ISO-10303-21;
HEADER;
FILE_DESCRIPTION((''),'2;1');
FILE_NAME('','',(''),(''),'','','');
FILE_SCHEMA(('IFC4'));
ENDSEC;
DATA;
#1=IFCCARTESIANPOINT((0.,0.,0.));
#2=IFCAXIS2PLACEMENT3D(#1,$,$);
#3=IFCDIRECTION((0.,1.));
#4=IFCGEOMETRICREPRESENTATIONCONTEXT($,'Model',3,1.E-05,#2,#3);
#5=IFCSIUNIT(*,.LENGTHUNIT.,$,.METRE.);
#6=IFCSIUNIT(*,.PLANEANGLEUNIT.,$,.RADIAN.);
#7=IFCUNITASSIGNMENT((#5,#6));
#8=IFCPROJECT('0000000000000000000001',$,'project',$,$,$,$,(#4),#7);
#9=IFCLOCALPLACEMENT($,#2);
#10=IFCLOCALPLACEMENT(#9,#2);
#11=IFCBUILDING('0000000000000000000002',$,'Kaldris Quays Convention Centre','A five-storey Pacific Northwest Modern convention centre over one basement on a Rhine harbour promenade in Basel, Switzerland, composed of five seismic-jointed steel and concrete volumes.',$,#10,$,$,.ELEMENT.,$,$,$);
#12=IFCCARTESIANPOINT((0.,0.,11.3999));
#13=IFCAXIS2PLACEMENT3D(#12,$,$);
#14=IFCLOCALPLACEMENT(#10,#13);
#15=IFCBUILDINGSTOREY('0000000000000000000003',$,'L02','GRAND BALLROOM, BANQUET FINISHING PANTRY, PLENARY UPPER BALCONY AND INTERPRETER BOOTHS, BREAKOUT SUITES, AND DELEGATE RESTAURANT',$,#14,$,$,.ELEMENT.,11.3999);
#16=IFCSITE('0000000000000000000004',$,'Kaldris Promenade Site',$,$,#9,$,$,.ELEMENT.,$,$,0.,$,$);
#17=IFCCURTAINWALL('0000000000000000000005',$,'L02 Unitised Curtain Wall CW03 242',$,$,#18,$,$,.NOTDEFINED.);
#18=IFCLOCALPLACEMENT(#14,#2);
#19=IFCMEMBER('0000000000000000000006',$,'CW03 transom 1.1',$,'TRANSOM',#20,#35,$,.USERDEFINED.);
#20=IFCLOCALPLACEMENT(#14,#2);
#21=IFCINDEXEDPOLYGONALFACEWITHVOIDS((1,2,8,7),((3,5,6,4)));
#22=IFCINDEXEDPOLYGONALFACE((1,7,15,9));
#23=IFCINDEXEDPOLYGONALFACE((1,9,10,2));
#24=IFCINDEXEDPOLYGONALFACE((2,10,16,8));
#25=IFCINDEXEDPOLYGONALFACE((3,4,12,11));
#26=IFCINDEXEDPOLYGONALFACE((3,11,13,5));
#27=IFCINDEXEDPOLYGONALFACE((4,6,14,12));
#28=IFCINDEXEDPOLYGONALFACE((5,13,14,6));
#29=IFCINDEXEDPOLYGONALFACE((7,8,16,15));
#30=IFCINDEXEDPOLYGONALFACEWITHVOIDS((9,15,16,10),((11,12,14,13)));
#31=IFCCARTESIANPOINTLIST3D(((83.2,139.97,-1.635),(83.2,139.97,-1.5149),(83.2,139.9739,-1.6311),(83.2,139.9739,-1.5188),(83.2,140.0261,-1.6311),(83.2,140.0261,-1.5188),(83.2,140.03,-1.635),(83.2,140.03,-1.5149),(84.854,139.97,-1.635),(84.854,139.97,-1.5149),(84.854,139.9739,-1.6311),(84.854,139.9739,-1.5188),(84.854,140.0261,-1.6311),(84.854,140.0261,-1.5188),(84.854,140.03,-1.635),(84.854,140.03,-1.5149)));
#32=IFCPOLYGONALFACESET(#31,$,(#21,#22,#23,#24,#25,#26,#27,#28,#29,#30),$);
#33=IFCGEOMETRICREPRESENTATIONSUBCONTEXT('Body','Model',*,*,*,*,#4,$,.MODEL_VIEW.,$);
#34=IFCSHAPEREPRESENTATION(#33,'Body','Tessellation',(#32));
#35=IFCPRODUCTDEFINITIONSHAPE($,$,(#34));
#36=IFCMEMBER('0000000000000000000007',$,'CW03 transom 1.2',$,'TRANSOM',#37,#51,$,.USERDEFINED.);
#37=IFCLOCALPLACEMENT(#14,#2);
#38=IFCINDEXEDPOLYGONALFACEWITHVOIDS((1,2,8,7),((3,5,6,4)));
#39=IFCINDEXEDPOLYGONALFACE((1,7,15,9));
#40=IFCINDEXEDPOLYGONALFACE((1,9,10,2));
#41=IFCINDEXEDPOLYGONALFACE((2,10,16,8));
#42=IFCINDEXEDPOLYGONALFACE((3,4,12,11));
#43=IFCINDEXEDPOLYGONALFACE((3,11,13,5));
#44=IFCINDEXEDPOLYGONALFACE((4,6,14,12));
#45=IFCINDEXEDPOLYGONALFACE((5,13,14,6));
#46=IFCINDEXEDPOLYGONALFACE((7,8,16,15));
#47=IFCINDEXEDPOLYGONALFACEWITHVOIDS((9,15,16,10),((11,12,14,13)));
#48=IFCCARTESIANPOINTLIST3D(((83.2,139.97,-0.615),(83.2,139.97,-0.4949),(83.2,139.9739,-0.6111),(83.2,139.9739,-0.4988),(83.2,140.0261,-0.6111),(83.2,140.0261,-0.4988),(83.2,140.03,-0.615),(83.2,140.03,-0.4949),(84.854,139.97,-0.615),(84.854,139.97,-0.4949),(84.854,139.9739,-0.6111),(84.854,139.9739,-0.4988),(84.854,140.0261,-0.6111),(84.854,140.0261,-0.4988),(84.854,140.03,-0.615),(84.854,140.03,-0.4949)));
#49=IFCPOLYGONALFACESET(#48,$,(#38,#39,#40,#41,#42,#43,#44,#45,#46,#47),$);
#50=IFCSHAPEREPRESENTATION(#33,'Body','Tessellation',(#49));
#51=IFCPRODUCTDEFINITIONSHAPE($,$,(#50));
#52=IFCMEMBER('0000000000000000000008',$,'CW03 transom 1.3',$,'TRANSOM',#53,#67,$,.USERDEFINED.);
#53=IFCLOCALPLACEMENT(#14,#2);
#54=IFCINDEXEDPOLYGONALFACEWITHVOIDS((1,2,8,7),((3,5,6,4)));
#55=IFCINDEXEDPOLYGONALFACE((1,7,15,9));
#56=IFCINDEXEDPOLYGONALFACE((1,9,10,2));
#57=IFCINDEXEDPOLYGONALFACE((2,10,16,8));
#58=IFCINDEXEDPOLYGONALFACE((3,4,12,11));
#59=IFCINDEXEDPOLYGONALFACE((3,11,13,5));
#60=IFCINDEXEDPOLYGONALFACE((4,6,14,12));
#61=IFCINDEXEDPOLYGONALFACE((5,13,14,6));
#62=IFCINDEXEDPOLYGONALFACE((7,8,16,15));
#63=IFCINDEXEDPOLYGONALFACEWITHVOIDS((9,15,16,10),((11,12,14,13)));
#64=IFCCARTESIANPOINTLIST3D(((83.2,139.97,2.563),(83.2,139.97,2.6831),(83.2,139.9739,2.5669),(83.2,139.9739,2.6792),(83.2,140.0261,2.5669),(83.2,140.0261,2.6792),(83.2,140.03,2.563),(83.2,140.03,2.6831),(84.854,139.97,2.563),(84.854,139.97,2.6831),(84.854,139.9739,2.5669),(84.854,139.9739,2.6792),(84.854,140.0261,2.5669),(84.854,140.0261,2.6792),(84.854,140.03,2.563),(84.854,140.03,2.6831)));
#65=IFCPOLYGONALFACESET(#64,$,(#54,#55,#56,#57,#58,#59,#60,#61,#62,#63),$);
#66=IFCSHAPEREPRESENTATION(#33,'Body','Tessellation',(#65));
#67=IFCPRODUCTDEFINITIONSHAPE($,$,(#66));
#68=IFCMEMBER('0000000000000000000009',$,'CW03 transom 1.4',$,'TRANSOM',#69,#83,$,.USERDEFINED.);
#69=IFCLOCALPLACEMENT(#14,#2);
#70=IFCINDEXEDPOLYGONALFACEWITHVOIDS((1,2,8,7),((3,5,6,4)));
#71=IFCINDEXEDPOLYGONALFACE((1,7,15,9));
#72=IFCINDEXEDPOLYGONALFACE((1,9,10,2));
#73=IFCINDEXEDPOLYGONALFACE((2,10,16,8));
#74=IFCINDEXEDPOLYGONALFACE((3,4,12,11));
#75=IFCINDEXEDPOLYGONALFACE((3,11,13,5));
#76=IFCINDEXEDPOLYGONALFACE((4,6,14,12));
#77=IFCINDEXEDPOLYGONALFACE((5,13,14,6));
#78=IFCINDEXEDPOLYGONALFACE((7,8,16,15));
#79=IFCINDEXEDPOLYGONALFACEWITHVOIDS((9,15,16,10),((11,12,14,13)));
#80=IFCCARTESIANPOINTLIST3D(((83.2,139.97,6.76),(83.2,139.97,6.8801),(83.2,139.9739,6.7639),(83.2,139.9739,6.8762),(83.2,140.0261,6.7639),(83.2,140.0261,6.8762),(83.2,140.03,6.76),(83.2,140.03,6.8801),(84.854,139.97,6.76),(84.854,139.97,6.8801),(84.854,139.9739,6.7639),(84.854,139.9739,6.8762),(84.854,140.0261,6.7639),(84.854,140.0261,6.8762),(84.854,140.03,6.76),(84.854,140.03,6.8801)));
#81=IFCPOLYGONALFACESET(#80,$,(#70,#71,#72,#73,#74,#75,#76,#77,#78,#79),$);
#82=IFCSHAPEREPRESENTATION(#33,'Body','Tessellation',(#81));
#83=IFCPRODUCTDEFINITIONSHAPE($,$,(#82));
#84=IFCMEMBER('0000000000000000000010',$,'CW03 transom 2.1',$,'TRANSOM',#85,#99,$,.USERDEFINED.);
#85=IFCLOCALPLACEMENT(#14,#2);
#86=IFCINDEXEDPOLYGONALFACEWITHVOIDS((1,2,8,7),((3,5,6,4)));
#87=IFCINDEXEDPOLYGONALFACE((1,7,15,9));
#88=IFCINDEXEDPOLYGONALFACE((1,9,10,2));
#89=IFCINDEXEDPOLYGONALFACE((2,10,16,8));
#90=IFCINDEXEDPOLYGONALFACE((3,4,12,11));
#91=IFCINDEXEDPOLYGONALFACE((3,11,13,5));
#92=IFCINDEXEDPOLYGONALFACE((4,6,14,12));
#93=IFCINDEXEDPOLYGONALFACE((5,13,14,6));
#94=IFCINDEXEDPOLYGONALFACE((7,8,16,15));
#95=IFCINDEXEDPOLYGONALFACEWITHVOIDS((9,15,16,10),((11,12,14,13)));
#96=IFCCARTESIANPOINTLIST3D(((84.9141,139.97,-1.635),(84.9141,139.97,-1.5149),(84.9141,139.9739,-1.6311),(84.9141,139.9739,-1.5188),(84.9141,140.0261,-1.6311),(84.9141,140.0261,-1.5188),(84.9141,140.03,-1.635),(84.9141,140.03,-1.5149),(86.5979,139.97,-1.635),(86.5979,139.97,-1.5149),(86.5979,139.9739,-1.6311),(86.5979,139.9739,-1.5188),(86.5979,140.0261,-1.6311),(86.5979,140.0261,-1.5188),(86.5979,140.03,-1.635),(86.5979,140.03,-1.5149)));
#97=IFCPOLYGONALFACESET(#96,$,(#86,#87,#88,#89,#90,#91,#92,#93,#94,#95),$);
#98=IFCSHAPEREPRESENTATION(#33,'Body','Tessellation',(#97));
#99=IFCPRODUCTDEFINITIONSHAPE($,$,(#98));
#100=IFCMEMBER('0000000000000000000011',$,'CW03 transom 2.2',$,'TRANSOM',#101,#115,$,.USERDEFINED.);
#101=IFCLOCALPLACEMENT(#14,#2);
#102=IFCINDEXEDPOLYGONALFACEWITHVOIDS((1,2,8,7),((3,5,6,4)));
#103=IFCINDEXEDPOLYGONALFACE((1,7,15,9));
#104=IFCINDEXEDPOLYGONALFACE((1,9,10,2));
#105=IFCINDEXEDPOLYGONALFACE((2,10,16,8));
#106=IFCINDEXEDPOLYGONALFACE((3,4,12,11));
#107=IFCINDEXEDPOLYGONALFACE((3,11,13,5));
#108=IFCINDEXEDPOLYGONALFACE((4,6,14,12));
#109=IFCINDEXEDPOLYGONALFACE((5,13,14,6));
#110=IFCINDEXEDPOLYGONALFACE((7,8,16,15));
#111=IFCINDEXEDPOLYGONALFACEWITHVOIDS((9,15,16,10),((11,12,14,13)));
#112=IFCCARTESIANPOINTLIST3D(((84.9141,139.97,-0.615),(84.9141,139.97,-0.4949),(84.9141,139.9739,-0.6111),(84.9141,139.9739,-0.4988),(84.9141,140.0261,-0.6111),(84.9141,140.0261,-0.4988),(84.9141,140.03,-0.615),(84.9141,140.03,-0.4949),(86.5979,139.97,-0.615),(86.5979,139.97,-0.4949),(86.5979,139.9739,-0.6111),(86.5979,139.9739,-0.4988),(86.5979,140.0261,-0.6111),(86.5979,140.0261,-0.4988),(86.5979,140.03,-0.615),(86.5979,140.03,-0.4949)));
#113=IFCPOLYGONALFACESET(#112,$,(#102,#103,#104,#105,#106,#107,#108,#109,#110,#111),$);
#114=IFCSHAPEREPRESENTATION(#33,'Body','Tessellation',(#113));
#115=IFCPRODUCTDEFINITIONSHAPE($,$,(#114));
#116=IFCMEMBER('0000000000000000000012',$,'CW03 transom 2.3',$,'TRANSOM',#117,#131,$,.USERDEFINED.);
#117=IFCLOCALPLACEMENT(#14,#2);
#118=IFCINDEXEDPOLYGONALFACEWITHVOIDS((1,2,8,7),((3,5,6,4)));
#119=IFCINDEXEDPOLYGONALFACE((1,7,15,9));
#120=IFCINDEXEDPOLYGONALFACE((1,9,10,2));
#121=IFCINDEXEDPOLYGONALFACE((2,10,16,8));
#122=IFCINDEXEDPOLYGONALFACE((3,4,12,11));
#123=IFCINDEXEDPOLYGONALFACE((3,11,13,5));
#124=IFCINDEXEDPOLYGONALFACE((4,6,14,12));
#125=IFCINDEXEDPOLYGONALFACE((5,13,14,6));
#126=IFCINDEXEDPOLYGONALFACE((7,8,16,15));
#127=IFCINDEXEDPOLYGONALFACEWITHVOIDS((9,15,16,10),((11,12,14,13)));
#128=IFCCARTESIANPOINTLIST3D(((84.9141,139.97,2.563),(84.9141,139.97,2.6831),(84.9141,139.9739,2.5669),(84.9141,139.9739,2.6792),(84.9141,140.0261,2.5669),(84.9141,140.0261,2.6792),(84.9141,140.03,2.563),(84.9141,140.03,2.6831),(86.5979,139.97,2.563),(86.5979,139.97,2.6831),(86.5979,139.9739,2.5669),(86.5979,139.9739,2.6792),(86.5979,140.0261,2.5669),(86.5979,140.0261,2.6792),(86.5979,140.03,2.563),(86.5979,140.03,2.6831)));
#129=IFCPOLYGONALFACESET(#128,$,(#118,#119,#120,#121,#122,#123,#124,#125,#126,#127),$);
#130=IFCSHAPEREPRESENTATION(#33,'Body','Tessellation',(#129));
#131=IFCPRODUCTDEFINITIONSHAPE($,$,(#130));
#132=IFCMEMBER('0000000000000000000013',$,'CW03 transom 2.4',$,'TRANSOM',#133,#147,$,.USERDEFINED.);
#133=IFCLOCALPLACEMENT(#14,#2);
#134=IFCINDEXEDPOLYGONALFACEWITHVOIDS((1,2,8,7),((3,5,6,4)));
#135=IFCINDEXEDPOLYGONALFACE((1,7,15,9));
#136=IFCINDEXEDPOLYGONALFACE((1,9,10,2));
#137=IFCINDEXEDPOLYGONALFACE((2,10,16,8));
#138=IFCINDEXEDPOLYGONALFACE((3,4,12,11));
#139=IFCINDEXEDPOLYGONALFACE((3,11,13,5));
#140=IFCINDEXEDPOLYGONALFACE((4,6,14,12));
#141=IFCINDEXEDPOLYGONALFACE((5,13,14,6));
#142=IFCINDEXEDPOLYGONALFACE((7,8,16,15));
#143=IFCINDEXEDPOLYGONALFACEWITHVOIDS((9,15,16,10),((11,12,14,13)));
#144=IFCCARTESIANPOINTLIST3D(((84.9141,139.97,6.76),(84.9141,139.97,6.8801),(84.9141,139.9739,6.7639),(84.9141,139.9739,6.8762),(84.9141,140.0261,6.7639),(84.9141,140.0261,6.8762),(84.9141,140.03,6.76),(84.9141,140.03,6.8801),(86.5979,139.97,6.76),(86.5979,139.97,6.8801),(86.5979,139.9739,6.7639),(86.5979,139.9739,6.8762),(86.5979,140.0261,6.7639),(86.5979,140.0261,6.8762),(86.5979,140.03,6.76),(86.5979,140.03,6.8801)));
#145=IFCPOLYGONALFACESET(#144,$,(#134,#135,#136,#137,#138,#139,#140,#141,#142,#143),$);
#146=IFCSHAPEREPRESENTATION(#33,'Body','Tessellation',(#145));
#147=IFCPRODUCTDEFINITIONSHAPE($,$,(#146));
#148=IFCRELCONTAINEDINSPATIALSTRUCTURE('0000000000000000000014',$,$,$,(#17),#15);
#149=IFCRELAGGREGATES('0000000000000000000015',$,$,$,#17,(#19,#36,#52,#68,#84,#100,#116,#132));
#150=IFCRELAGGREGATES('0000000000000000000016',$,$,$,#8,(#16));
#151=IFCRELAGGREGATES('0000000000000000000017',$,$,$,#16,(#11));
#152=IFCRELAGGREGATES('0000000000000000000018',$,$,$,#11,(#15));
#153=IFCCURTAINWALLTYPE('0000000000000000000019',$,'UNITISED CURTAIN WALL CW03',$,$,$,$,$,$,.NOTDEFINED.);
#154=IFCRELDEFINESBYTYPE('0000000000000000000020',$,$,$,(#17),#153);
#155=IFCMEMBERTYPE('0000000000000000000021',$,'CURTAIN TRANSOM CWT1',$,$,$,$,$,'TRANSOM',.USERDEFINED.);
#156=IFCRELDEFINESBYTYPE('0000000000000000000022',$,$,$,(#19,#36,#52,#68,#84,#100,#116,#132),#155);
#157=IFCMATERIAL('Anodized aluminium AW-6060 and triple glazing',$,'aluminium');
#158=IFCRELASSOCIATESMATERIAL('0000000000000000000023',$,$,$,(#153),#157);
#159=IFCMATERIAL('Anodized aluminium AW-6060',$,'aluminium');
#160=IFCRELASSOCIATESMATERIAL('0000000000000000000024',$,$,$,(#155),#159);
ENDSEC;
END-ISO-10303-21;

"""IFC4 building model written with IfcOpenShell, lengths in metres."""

from ifc_helpers import new_model, si_unit, direction, frame, origin, origin_2d, place, context, subcontext, project, spatial, hollow_rectangle, extrude, material, material_profile, profile_set, type_object, element, aggregate, save


model = new_model("IFC4")

# Units and contexts
model_context = context("Model", 3, precision=1e-05, world=origin(), true_north=direction((0.0, 1.0)))
body_context = subcontext(model_context, "Body", "Model", "MODEL_VIEW")
ifc_project = project(units=[si_unit("LENGTHUNIT", "METRE"), si_unit("PLANEANGLEUNIT", "RADIAN")], contexts=[model_context])

# Site, building, storey
site_placement = place(None, origin())
site = spatial("IfcSite", under=ifc_project, at=site_placement, Name="Kaldris Promenade Site", CompositionType="ELEMENT", RefElevation=0.0)
building_placement = place(site_placement, origin())
building = spatial("IfcBuilding", under=site, at=building_placement, Name="Kaldris Quays Convention Centre", Description="A five-storey Pacific Northwest Modern convention centre over one basement on a Rhine harbour promenade in Basel, Switzerland, composed of five seismic-jointed steel and concrete volumes.", CompositionType="ELEMENT")
storey_placement = place(building_placement, frame((0.0, 0.0, 11.3999)))
storey = spatial("IfcBuildingStorey", under=building, at=storey_placement, Name="L02", Description="GRAND BALLROOM, BANQUET FINISHING PANTRY, PLENARY UPPER BALCONY AND INTERPRETER BOOTHS, BREAKOUT SUITES, AND DELEGATE RESTAURANT", CompositionType="ELEMENT", Elevation=11.3999)

# Curtain wall
ifc_material_1 = material(Name="Anodized aluminium AW-6060 and triple glazing", Category="aluminium")
curtain_wall_type = type_object("IfcCurtainWallType", Name="UNITISED CURTAIN WALL CW03", PredefinedType="NOTDEFINED", material=ifc_material_1)
ifc_material_2 = material(Name="Anodized aluminium AW-6060", Category="aluminium")
curtain_wall_1_placement = place(storey_placement, origin())
curtain_wall_1 = element("IfcCurtainWall", 1, at=curtain_wall_1_placement, inside=storey, type_object=curtain_wall_type, Name="L02 Unitised Curtain Wall CW03 242", PredefinedType="NOTDEFINED")

# Members
ifc_material_profile_1 = material_profile(ifc_material_2, hollow_rectangle(XDim=0.0601, YDim=0.1201, WallThickness=0.0039, at=origin_2d()), Name="RHS 120x60x4")
ifc_profile_set_1 = profile_set([ifc_material_profile_1], Name="Anodized aluminium AW-6060")
member_type_1 = type_object("IfcMemberType", Name="CURTAIN TRANSOM CWT1", ElementType="TRANSOM", PredefinedType="USERDEFINED", material=ifc_profile_set_1)
member_1_placement = place(storey_placement, frame((83.2, 140.0, -1.575), z_axis=(1.0, 0.0, 0.0), x_axis=(0.0, 1.0, 0.0)))
member_1 = element("IfcMember", 2, at=member_1_placement, type_object=member_type_1, Name="CW03 transom 1.1", ObjectType="TRANSOM", PredefinedType="USERDEFINED", context=body_context, shape_type="SweptSolid", body=[
    extrude(hollow_rectangle(XDim=0.0601, YDim=0.1201, WallThickness=0.0039, at=origin_2d()), origin(), (0.0, 0.0, 1.0), 1.6541),
])
member_2_placement = place(storey_placement, frame((83.2, 140.0, -0.5549), z_axis=(1.0, 0.0, 0.0), x_axis=(0.0, 1.0, 0.0)))
member_2 = element("IfcMember", 3, at=member_2_placement, type_object=member_type_1, Name="CW03 transom 1.2", ObjectType="TRANSOM", PredefinedType="USERDEFINED", context=body_context, shape_type="SweptSolid", body=[
    extrude(hollow_rectangle(XDim=0.0601, YDim=0.1201, WallThickness=0.0039, at=origin_2d()), origin(), (0.0, 0.0, 1.0), 1.6541),
])
member_3_placement = place(storey_placement, frame((83.2, 140.0, 2.623), z_axis=(1.0, 0.0, 0.0), x_axis=(0.0, 1.0, 0.0)))
member_3 = element("IfcMember", 4, at=member_3_placement, type_object=member_type_1, Name="CW03 transom 1.3", ObjectType="TRANSOM", PredefinedType="USERDEFINED", context=body_context, shape_type="SweptSolid", body=[
    extrude(hollow_rectangle(XDim=0.0601, YDim=0.1201, WallThickness=0.0039, at=origin_2d()), origin(), (0.0, 0.0, 1.0), 1.6541),
])
member_4_placement = place(storey_placement, frame((83.2, 140.0, 6.8201), z_axis=(1.0, 0.0, 0.0), x_axis=(0.0, 1.0, 0.0)))
member_4 = element("IfcMember", 5, at=member_4_placement, type_object=member_type_1, Name="CW03 transom 1.4", ObjectType="TRANSOM", PredefinedType="USERDEFINED", context=body_context, shape_type="SweptSolid", body=[
    extrude(hollow_rectangle(XDim=0.0601, YDim=0.1201, WallThickness=0.0039, at=origin_2d()), origin(), (0.0, 0.0, 1.0), 1.6541),
])
member_5_placement = place(storey_placement, frame((84.9141, 140.0, -1.575), z_axis=(1.0, 0.0, 0.0), x_axis=(0.0, 1.0, 0.0)))
member_5 = element("IfcMember", 6, at=member_5_placement, type_object=member_type_1, Name="CW03 transom 2.1", ObjectType="TRANSOM", PredefinedType="USERDEFINED", context=body_context, shape_type="SweptSolid", body=[
    extrude(hollow_rectangle(XDim=0.0601, YDim=0.1201, WallThickness=0.0039, at=origin_2d()), origin(), (0.0, 0.0, 1.0), 1.6838),
])
member_6_placement = place(storey_placement, frame((84.9141, 140.0, -0.5549), z_axis=(1.0, 0.0, 0.0), x_axis=(0.0, 1.0, 0.0)))
member_6 = element("IfcMember", 7, at=member_6_placement, type_object=member_type_1, Name="CW03 transom 2.2", ObjectType="TRANSOM", PredefinedType="USERDEFINED", context=body_context, shape_type="SweptSolid", body=[
    extrude(hollow_rectangle(XDim=0.0601, YDim=0.1201, WallThickness=0.0039, at=origin_2d()), origin(), (0.0, 0.0, 1.0), 1.6838),
])
member_7_placement = place(storey_placement, frame((84.9141, 140.0, 2.623), z_axis=(1.0, 0.0, 0.0), x_axis=(0.0, 1.0, 0.0)))
member_7 = element("IfcMember", 8, at=member_7_placement, type_object=member_type_1, Name="CW03 transom 2.3", ObjectType="TRANSOM", PredefinedType="USERDEFINED", context=body_context, shape_type="SweptSolid", body=[
    extrude(hollow_rectangle(XDim=0.0601, YDim=0.1201, WallThickness=0.0039, at=origin_2d()), origin(), (0.0, 0.0, 1.0), 1.6838),
])
member_8_placement = place(storey_placement, frame((84.9141, 140.0, 6.8201), z_axis=(1.0, 0.0, 0.0), x_axis=(0.0, 1.0, 0.0)))
member_8 = element("IfcMember", 9, at=member_8_placement, type_object=member_type_1, Name="CW03 transom 2.4", ObjectType="TRANSOM", PredefinedType="USERDEFINED", context=body_context, shape_type="SweptSolid", body=[
    extrude(hollow_rectangle(XDim=0.0601, YDim=0.1201, WallThickness=0.0039, at=origin_2d()), origin(), (0.0, 0.0, 1.0), 1.6838),
])

aggregate(curtain_wall_1, [member_1, member_2, member_3, member_4, member_5, member_6, member_7, member_8])

save(model, "model.ifc")
